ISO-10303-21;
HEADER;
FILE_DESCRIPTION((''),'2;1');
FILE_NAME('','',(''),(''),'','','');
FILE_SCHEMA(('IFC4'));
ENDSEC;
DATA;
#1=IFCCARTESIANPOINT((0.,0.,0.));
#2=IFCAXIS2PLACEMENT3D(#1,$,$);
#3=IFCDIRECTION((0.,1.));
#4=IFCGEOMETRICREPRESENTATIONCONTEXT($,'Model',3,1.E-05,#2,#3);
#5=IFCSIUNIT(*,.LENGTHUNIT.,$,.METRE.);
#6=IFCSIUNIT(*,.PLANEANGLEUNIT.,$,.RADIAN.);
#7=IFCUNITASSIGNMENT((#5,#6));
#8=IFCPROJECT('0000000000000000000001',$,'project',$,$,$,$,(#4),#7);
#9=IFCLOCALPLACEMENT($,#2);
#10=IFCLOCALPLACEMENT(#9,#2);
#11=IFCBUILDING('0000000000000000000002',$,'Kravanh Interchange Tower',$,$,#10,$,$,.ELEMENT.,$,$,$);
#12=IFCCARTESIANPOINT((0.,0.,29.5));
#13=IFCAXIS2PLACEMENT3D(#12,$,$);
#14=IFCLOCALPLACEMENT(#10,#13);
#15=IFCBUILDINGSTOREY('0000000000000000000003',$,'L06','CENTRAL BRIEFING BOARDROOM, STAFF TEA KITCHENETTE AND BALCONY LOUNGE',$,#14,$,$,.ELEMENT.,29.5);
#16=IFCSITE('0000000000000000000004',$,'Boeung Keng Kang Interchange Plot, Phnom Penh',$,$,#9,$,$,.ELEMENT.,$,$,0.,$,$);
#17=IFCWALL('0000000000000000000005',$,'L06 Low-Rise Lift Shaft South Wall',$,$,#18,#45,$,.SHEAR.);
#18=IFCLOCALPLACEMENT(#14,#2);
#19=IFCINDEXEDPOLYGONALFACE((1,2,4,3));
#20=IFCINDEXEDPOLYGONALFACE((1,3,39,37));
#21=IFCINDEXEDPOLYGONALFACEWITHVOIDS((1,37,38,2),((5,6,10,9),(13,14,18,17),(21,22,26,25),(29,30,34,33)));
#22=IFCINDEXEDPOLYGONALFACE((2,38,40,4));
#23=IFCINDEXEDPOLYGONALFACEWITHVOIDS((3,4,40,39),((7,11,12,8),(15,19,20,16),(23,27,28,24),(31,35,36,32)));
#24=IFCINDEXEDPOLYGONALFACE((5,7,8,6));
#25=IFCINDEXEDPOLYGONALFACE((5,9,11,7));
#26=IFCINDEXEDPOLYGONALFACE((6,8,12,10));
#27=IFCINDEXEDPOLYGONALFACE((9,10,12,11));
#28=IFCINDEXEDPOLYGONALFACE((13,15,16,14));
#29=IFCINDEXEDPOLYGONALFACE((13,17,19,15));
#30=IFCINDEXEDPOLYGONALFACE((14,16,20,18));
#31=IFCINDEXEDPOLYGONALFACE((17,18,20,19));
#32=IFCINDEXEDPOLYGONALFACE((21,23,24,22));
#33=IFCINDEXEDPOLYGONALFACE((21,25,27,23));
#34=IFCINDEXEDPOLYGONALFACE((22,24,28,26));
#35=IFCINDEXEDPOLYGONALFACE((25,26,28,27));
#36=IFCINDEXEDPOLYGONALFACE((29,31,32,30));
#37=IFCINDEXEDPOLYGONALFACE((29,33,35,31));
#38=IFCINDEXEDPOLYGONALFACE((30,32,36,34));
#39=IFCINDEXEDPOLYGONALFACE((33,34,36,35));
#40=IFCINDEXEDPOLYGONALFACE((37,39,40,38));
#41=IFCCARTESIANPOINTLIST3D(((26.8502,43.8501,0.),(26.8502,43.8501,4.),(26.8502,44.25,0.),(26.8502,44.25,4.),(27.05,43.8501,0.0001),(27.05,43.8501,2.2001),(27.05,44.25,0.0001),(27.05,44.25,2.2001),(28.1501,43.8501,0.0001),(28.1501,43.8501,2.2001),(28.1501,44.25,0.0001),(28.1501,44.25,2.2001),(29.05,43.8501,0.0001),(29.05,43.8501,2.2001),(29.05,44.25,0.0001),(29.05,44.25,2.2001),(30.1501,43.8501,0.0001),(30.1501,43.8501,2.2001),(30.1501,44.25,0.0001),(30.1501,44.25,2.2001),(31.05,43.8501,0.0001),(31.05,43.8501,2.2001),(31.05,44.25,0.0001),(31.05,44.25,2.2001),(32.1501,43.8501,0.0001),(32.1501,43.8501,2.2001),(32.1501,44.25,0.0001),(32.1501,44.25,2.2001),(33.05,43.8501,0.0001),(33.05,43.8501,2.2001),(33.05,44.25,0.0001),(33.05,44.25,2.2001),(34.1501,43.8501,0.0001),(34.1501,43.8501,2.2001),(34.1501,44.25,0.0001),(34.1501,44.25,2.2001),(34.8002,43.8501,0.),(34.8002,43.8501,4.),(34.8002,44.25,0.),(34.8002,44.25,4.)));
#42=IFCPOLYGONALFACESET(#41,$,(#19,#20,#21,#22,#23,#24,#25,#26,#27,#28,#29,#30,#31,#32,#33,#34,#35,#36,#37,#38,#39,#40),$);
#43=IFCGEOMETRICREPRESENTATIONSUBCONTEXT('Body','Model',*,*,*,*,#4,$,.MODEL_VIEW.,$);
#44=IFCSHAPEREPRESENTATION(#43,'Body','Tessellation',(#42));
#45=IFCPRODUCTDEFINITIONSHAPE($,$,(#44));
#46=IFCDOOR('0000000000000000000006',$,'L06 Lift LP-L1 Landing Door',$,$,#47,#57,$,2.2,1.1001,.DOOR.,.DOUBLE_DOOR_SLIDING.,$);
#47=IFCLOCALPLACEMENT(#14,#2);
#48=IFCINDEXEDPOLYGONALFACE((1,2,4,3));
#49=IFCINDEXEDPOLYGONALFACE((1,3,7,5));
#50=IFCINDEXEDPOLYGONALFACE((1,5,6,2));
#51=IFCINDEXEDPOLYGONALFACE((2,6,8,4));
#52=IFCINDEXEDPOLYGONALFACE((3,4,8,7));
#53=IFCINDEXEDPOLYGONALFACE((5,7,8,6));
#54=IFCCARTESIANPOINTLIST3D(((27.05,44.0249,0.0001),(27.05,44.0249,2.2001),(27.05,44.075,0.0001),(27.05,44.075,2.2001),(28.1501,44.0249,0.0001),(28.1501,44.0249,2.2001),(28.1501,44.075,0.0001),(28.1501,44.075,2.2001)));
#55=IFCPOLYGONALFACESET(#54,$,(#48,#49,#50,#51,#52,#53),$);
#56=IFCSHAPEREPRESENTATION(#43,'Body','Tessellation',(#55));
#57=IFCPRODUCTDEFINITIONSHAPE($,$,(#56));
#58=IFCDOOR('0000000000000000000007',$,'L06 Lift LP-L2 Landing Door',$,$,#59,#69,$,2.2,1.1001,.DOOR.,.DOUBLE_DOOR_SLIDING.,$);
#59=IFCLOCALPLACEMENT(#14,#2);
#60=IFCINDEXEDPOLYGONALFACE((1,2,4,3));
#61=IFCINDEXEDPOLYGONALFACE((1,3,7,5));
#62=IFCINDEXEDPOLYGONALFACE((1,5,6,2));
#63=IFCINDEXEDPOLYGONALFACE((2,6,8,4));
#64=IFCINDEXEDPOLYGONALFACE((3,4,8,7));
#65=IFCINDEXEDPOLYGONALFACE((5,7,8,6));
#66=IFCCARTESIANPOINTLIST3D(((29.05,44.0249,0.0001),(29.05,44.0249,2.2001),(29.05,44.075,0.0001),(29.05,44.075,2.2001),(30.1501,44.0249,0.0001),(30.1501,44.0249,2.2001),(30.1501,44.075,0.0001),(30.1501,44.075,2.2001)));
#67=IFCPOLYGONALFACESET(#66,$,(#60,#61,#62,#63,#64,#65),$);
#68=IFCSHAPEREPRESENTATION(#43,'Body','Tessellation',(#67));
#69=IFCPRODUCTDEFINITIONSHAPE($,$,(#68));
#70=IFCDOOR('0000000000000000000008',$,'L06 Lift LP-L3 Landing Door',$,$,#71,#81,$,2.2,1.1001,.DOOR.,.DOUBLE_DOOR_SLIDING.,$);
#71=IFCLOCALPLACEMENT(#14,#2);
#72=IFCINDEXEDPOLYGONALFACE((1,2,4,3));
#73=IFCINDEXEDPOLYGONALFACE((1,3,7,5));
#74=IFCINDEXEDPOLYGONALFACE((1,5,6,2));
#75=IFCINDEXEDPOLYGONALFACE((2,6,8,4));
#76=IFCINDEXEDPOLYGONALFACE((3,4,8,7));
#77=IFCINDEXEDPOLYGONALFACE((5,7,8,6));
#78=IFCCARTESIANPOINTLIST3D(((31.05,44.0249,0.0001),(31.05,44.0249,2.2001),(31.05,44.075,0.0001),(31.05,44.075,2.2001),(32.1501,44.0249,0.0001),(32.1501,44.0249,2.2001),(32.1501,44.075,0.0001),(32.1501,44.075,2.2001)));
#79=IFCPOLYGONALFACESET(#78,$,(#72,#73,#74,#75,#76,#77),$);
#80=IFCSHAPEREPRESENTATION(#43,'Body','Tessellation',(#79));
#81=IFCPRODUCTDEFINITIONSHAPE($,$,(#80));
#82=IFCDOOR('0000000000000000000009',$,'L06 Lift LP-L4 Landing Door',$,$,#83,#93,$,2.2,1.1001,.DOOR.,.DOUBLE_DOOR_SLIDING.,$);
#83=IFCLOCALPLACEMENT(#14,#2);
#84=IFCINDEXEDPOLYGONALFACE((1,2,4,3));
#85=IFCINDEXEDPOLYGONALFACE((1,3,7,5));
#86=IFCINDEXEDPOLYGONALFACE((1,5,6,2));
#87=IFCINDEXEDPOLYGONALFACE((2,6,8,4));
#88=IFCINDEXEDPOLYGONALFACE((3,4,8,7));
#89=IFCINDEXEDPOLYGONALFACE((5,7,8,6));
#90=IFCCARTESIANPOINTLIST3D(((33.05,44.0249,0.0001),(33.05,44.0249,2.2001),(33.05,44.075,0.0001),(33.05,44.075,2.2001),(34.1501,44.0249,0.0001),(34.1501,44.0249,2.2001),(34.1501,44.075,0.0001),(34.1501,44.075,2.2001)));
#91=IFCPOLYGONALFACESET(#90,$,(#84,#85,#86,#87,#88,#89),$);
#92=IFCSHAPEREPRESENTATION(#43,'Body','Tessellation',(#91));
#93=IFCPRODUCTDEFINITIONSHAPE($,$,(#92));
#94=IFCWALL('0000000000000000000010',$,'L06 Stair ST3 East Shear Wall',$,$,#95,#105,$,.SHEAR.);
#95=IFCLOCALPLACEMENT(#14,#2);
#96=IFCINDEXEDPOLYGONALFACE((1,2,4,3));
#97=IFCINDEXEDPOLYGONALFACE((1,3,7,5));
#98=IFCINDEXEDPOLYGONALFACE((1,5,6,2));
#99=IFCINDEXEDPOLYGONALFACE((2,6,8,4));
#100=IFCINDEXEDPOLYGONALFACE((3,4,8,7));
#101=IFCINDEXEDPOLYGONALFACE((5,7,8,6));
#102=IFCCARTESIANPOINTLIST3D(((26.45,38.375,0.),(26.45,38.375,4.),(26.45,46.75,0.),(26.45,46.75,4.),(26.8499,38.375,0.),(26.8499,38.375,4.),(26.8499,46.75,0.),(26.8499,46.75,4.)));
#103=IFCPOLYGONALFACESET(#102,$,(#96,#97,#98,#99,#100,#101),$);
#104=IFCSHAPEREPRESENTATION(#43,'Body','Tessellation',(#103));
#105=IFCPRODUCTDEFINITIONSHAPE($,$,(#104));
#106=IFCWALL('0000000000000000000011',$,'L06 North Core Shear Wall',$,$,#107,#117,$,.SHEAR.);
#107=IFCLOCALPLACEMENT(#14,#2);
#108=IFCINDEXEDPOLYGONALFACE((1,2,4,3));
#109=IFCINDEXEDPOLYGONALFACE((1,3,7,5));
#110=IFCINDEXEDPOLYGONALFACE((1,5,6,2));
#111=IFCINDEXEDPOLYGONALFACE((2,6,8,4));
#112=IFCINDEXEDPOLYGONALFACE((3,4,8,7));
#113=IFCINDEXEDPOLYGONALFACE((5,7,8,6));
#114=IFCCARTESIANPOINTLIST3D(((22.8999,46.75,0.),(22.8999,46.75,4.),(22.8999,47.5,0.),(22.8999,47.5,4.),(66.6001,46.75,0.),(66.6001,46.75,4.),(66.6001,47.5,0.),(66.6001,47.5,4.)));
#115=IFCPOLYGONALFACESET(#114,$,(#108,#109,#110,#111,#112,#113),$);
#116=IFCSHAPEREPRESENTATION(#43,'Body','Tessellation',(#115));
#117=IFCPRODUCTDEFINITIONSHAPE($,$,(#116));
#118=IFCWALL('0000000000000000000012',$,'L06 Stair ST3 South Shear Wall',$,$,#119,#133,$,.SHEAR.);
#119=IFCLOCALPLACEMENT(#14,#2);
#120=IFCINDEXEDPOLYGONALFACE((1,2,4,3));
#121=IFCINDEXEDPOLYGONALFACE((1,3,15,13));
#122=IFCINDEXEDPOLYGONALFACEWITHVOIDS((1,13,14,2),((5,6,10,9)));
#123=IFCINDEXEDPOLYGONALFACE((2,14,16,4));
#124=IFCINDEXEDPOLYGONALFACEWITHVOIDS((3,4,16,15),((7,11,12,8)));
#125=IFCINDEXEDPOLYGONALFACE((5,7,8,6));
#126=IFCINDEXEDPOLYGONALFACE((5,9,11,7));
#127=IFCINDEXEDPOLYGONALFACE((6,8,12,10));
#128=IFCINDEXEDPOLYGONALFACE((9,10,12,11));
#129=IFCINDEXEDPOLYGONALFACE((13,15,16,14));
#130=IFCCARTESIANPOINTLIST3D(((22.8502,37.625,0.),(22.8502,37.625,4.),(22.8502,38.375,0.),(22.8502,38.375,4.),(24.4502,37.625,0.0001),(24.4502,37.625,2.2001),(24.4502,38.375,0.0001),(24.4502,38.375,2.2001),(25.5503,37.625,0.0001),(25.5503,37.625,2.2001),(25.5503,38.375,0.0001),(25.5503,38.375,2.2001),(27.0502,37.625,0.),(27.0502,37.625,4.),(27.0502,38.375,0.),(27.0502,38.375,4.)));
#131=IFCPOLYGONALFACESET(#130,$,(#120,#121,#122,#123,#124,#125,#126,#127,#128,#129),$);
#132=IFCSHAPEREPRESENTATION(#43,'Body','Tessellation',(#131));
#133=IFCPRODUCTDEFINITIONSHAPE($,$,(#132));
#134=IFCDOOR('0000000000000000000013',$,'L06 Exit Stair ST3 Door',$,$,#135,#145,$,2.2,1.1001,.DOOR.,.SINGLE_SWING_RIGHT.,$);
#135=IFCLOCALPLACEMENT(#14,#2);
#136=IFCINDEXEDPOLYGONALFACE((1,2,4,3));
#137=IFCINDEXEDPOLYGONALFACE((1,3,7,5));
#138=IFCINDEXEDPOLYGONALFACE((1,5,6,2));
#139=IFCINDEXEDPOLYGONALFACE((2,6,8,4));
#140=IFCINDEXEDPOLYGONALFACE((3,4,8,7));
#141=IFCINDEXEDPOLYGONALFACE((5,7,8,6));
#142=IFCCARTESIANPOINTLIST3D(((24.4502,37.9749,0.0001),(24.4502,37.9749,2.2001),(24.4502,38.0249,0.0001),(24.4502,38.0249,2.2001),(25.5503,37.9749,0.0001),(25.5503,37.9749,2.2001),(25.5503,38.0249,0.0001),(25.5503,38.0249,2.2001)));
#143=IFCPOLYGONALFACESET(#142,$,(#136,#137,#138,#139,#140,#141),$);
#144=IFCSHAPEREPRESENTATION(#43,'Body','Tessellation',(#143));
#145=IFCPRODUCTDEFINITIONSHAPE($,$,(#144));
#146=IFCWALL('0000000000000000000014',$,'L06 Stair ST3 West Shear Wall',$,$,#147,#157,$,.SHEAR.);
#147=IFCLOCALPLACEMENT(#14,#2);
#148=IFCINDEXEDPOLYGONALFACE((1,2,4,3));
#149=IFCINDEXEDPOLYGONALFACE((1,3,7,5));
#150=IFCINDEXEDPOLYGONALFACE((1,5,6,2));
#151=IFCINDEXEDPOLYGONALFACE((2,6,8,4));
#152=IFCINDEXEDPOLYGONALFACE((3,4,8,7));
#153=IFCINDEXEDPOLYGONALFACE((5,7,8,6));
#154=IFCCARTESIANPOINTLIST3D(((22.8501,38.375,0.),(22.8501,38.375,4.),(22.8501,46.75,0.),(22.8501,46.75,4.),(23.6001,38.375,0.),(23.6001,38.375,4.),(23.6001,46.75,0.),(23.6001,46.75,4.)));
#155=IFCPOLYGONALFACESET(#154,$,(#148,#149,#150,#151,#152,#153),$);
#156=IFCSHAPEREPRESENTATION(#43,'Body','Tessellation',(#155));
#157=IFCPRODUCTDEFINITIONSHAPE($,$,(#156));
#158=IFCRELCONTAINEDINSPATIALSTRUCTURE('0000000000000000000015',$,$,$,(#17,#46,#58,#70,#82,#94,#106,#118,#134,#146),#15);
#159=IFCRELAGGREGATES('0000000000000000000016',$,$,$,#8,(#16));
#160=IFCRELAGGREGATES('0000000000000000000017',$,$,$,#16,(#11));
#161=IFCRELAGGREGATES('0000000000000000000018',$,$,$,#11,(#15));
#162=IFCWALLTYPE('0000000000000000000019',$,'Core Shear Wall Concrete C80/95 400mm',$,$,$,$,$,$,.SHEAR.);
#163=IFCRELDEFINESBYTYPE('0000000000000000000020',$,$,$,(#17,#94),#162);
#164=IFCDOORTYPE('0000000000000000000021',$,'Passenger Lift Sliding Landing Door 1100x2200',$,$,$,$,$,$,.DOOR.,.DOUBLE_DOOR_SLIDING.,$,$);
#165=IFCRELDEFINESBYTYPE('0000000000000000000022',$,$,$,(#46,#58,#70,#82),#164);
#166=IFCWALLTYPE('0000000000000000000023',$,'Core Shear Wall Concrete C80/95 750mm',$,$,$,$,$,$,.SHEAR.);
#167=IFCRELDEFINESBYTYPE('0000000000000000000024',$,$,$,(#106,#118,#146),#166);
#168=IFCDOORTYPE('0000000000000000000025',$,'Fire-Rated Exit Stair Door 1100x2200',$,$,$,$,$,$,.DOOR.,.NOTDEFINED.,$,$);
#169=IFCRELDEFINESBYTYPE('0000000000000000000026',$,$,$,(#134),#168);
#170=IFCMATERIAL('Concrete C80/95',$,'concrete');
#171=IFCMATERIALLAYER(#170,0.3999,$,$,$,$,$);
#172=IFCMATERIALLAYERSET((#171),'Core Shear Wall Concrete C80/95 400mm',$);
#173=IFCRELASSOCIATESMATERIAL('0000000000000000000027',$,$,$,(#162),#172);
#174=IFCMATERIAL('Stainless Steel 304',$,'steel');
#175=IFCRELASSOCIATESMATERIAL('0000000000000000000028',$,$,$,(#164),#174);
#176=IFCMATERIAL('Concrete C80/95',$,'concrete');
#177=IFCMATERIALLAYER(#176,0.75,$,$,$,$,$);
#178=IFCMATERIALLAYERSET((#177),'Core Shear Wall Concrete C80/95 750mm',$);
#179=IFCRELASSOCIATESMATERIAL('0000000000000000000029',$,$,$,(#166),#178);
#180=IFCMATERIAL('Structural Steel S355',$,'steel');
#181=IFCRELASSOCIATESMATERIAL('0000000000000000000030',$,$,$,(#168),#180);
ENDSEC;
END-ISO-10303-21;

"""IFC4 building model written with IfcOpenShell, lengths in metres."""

from ifc_helpers import new_model, si_unit, direction, frame, frame_2d, origin, place, context, subcontext, project, spatial, rectangle, extrude, material, layer, layer_set, type_object, element, fill, save


model = new_model("IFC4")

# Units and contexts
model_context = context("Model", 3, precision=1e-05, world=origin(), true_north=direction((0.0, 1.0)))
body_context = subcontext(model_context, "Body", "Model", "MODEL_VIEW")
ifc_project = project(units=[si_unit("LENGTHUNIT", "METRE"), si_unit("PLANEANGLEUNIT", "RADIAN")], contexts=[model_context])

# Site, building, storey
site_placement = place(None, origin())
site = spatial("IfcSite", under=ifc_project, at=site_placement, Name="Boeung Keng Kang Interchange Plot, Phnom Penh", CompositionType="ELEMENT", RefElevation=0.0)
building_placement = place(site_placement, origin())
building = spatial("IfcBuilding", under=site, at=building_placement, Name="Kravanh Interchange Tower", CompositionType="ELEMENT")
storey_placement = place(building_placement, frame((0.0, 0.0, 29.5)))
storey = spatial("IfcBuildingStorey", under=building, at=storey_placement, Name="L06", Description="CENTRAL BRIEFING BOARDROOM, STAFF TEA KITCHENETTE AND BALCONY LOUNGE", CompositionType="ELEMENT", Elevation=29.5)

# Wall, openings, doors
ifc_material_1 = material(Name="Concrete C80/95", Category="concrete")
ifc_layer_1 = layer(ifc_material_1, 0.3999)
ifc_layer_set_1 = layer_set([ifc_layer_1], Name="Core Shear Wall Concrete C80/95 400mm")
wall_type_1 = type_object("IfcWallType", Name="Core Shear Wall Concrete C80/95 400mm", PredefinedType="SHEAR", material=ifc_layer_set_1)
wall_1_placement = place(storey_placement, frame((26.8501, 44.05, 0.0), z_axis=(0.0, 0.0, 1.0), x_axis=(1.0, 0.0, 0.0)))
wall_1 = element("IfcWall", 1, at=wall_1_placement, inside=storey, type_object=wall_type_1, Name="L06 Low-Rise Lift Shaft South Wall", PredefinedType="SHEAR", context=body_context, shape_type="SweptSolid", body=[
    extrude(rectangle(XDim=7.95, YDim=0.3999, at=frame_2d((3.9751, 0.0))), origin(), (0.0, 0.0, 1.0), 4.0),
])
opening_1_placement = place(wall_1_placement, frame((0.2, 0.0, 0.0)))
opening_1 = element("IfcOpeningElement", 2, at=opening_1_placement, cuts=wall_1, PredefinedType="OPENING", context=body_context, shape_type="SweptSolid", body=[
    extrude(rectangle(XDim=1.1001, YDim=2.2, at=frame_2d((0.55, 1.1001))), frame((0.0, 0.21, 0.0), z_axis=(0.0, -1.0, 0.0), x_axis=(1.0, 0.0, 0.0)), (0.0, 0.0, 1.0), 0.4199),
])
opening_2_placement = place(wall_1_placement, frame((2.2, 0.0, 0.0)))
opening_2 = element("IfcOpeningElement", 3, at=opening_2_placement, cuts=wall_1, PredefinedType="OPENING", context=body_context, shape_type="SweptSolid", body=[
    extrude(rectangle(XDim=1.1001, YDim=2.2, at=frame_2d((0.55, 1.1001))), frame((0.0, 0.21, 0.0), z_axis=(0.0, -1.0, 0.0), x_axis=(1.0, 0.0, 0.0)), (0.0, 0.0, 1.0), 0.4199),
])
opening_3_placement = place(wall_1_placement, frame((4.2, 0.0, 0.0)))
opening_3 = element("IfcOpeningElement", 4, at=opening_3_placement, cuts=wall_1, PredefinedType="OPENING", context=body_context, shape_type="SweptSolid", body=[
    extrude(rectangle(XDim=1.1001, YDim=2.2, at=frame_2d((0.55, 1.1001))), frame((0.0, 0.21, 0.0), z_axis=(0.0, -1.0, 0.0), x_axis=(1.0, 0.0, 0.0)), (0.0, 0.0, 1.0), 0.4199),
])
opening_4_placement = place(wall_1_placement, frame((6.2, 0.0, 0.0)))
opening_4 = element("IfcOpeningElement", 5, at=opening_4_placement, cuts=wall_1, PredefinedType="OPENING", context=body_context, shape_type="SweptSolid", body=[
    extrude(rectangle(XDim=1.1001, YDim=2.2, at=frame_2d((0.55, 1.1001))), frame((0.0, 0.21, 0.0), z_axis=(0.0, -1.0, 0.0), x_axis=(1.0, 0.0, 0.0)), (0.0, 0.0, 1.0), 0.4199),
])
ifc_material_2 = material(Name="Stainless Steel 304", Category="steel")
door_type_1 = type_object("IfcDoorType", Name="Passenger Lift Sliding Landing Door 1100x2200", OperationType="DOUBLE_DOOR_SLIDING", PredefinedType="DOOR", material=ifc_material_2)
door_1_placement = place(opening_1_placement, origin())
door_1 = element("IfcDoor", 6, at=door_1_placement, inside=storey, type_object=door_type_1, Name="L06 Lift LP-L1 Landing Door", OperationType="DOUBLE_DOOR_SLIDING", OverallHeight=2.2, OverallWidth=1.1001, PredefinedType="DOOR", context=body_context, shape_type="SweptSolid", body=[
    extrude(rectangle(XDim=1.1001, YDim=2.2, at=frame_2d((0.55, 1.1001))), frame((0.0, 0.0249, 0.0), z_axis=(0.0, -1.0, 0.0), x_axis=(1.0, 0.0, 0.0)), (0.0, 0.0, 1.0), 0.05),
])
fill(opening_1, door_1)
door_2_placement = place(opening_2_placement, origin())
door_2 = element("IfcDoor", 7, at=door_2_placement, inside=storey, type_object=door_type_1, Name="L06 Lift LP-L2 Landing Door", OperationType="DOUBLE_DOOR_SLIDING", OverallHeight=2.2, OverallWidth=1.1001, PredefinedType="DOOR", context=body_context, shape_type="SweptSolid", body=[
    extrude(rectangle(XDim=1.1001, YDim=2.2, at=frame_2d((0.55, 1.1001))), frame((0.0, 0.0249, 0.0), z_axis=(0.0, -1.0, 0.0), x_axis=(1.0, 0.0, 0.0)), (0.0, 0.0, 1.0), 0.05),
])
fill(opening_2, door_2)
door_3_placement = place(opening_3_placement, origin())
door_3 = element("IfcDoor", 8, at=door_3_placement, inside=storey, type_object=door_type_1, Name="L06 Lift LP-L3 Landing Door", OperationType="DOUBLE_DOOR_SLIDING", OverallHeight=2.2, OverallWidth=1.1001, PredefinedType="DOOR", context=body_context, shape_type="SweptSolid", body=[
    extrude(rectangle(XDim=1.1001, YDim=2.2, at=frame_2d((0.55, 1.1001))), frame((0.0, 0.0249, 0.0), z_axis=(0.0, -1.0, 0.0), x_axis=(1.0, 0.0, 0.0)), (0.0, 0.0, 1.0), 0.05),
])
fill(opening_3, door_3)
door_4_placement = place(opening_4_placement, origin())
door_4 = element("IfcDoor", 9, at=door_4_placement, inside=storey, type_object=door_type_1, Name="L06 Lift LP-L4 Landing Door", OperationType="DOUBLE_DOOR_SLIDING", OverallHeight=2.2, OverallWidth=1.1001, PredefinedType="DOOR", context=body_context, shape_type="SweptSolid", body=[
    extrude(rectangle(XDim=1.1001, YDim=2.2, at=frame_2d((0.55, 1.1001))), frame((0.0, 0.0249, 0.0), z_axis=(0.0, -1.0, 0.0), x_axis=(1.0, 0.0, 0.0)), (0.0, 0.0, 1.0), 0.05),
])
fill(opening_4, door_4)

# Walls
wall_2_placement = place(storey_placement, frame((26.6499, 38.375, 0.0), z_axis=(0.0, 0.0, 1.0), x_axis=(0.0, 1.0, 0.0)))
element("IfcWall", 10, at=wall_2_placement, inside=storey, type_object=wall_type_1, Name="L06 Stair ST3 East Shear Wall", PredefinedType="SHEAR", context=body_context, shape_type="SweptSolid", body=[
    extrude(rectangle(XDim=8.375, YDim=0.3999, at=frame_2d((4.1875, 0.0))), origin(), (0.0, 0.0, 1.0), 4.0),
])
ifc_material_3 = material(Name="Concrete C80/95", Category="concrete")
ifc_layer_2 = layer(ifc_material_3, 0.75)
ifc_layer_set_2 = layer_set([ifc_layer_2], Name="Core Shear Wall Concrete C80/95 750mm")
wall_type_2 = type_object("IfcWallType", Name="Core Shear Wall Concrete C80/95 750mm", PredefinedType="SHEAR", material=ifc_layer_set_2)
wall_3_placement = place(storey_placement, frame((22.8999, 47.125, 0.0), z_axis=(0.0, 0.0, 1.0), x_axis=(1.0, 0.0, 0.0)))
element("IfcWall", 11, at=wall_3_placement, inside=storey, type_object=wall_type_2, Name="L06 North Core Shear Wall", PredefinedType="SHEAR", context=body_context, shape_type="SweptSolid", body=[
    extrude(rectangle(XDim=43.7002, YDim=0.75, at=frame_2d((21.8501, 0.0))), origin(), (0.0, 0.0, 1.0), 4.0),
])

# Wall, opening, door
wall_4_placement = place(storey_placement, frame((22.8501, 38.0, 0.0), z_axis=(0.0, 0.0, 1.0), x_axis=(1.0, 0.0, 0.0)))
wall_4 = element("IfcWall", 12, at=wall_4_placement, inside=storey, type_object=wall_type_2, Name="L06 Stair ST3 South Shear Wall", PredefinedType="SHEAR", context=body_context, shape_type="SweptSolid", body=[
    extrude(rectangle(XDim=4.2, YDim=0.75, at=frame_2d((2.1001, 0.0))), origin(), (0.0, 0.0, 1.0), 4.0),
])
opening_5_placement = place(wall_4_placement, frame((1.6001, 0.0, 0.0)))
opening_5 = element("IfcOpeningElement", 13, at=opening_5_placement, cuts=wall_4, PredefinedType="OPENING", context=body_context, shape_type="SweptSolid", body=[
    extrude(rectangle(XDim=1.1001, YDim=2.2, at=frame_2d((0.55, 1.1001))), frame((0.0, 0.385, 0.0), z_axis=(0.0, -1.0, 0.0), x_axis=(1.0, 0.0, 0.0)), (0.0, 0.0, 1.0), 0.77),
])
ifc_material_4 = material(Name="Structural Steel S355", Category="steel")
door_type_2 = type_object("IfcDoorType", Name="Fire-Rated Exit Stair Door 1100x2200", OperationType="NOTDEFINED", PredefinedType="DOOR", material=ifc_material_4)
door_5_placement = place(opening_5_placement, origin())
door_5 = element("IfcDoor", 14, at=door_5_placement, inside=storey, type_object=door_type_2, Name="L06 Exit Stair ST3 Door", OperationType="SINGLE_SWING_RIGHT", OverallHeight=2.2, OverallWidth=1.1001, PredefinedType="DOOR", context=body_context, shape_type="SweptSolid", body=[
    extrude(rectangle(XDim=1.1001, YDim=2.2, at=frame_2d((0.55, 1.1001))), frame((0.0, 0.0249, 0.0), z_axis=(0.0, -1.0, 0.0), x_axis=(1.0, 0.0, 0.0)), (0.0, 0.0, 1.0), 0.05),
])
fill(opening_5, door_5)

# Wall
wall_5_placement = place(storey_placement, frame((23.2251, 38.375, 0.0), z_axis=(0.0, 0.0, 1.0), x_axis=(0.0, 1.0, 0.0)))
element("IfcWall", 15, at=wall_5_placement, inside=storey, type_object=wall_type_2, Name="L06 Stair ST3 West Shear Wall", PredefinedType="SHEAR", context=body_context, shape_type="SweptSolid", body=[
    extrude(rectangle(XDim=8.375, YDim=0.75, at=frame_2d((4.1875, 0.0))), origin(), (0.0, 0.0, 1.0), 4.0),
])

save(model, "model.ifc")
